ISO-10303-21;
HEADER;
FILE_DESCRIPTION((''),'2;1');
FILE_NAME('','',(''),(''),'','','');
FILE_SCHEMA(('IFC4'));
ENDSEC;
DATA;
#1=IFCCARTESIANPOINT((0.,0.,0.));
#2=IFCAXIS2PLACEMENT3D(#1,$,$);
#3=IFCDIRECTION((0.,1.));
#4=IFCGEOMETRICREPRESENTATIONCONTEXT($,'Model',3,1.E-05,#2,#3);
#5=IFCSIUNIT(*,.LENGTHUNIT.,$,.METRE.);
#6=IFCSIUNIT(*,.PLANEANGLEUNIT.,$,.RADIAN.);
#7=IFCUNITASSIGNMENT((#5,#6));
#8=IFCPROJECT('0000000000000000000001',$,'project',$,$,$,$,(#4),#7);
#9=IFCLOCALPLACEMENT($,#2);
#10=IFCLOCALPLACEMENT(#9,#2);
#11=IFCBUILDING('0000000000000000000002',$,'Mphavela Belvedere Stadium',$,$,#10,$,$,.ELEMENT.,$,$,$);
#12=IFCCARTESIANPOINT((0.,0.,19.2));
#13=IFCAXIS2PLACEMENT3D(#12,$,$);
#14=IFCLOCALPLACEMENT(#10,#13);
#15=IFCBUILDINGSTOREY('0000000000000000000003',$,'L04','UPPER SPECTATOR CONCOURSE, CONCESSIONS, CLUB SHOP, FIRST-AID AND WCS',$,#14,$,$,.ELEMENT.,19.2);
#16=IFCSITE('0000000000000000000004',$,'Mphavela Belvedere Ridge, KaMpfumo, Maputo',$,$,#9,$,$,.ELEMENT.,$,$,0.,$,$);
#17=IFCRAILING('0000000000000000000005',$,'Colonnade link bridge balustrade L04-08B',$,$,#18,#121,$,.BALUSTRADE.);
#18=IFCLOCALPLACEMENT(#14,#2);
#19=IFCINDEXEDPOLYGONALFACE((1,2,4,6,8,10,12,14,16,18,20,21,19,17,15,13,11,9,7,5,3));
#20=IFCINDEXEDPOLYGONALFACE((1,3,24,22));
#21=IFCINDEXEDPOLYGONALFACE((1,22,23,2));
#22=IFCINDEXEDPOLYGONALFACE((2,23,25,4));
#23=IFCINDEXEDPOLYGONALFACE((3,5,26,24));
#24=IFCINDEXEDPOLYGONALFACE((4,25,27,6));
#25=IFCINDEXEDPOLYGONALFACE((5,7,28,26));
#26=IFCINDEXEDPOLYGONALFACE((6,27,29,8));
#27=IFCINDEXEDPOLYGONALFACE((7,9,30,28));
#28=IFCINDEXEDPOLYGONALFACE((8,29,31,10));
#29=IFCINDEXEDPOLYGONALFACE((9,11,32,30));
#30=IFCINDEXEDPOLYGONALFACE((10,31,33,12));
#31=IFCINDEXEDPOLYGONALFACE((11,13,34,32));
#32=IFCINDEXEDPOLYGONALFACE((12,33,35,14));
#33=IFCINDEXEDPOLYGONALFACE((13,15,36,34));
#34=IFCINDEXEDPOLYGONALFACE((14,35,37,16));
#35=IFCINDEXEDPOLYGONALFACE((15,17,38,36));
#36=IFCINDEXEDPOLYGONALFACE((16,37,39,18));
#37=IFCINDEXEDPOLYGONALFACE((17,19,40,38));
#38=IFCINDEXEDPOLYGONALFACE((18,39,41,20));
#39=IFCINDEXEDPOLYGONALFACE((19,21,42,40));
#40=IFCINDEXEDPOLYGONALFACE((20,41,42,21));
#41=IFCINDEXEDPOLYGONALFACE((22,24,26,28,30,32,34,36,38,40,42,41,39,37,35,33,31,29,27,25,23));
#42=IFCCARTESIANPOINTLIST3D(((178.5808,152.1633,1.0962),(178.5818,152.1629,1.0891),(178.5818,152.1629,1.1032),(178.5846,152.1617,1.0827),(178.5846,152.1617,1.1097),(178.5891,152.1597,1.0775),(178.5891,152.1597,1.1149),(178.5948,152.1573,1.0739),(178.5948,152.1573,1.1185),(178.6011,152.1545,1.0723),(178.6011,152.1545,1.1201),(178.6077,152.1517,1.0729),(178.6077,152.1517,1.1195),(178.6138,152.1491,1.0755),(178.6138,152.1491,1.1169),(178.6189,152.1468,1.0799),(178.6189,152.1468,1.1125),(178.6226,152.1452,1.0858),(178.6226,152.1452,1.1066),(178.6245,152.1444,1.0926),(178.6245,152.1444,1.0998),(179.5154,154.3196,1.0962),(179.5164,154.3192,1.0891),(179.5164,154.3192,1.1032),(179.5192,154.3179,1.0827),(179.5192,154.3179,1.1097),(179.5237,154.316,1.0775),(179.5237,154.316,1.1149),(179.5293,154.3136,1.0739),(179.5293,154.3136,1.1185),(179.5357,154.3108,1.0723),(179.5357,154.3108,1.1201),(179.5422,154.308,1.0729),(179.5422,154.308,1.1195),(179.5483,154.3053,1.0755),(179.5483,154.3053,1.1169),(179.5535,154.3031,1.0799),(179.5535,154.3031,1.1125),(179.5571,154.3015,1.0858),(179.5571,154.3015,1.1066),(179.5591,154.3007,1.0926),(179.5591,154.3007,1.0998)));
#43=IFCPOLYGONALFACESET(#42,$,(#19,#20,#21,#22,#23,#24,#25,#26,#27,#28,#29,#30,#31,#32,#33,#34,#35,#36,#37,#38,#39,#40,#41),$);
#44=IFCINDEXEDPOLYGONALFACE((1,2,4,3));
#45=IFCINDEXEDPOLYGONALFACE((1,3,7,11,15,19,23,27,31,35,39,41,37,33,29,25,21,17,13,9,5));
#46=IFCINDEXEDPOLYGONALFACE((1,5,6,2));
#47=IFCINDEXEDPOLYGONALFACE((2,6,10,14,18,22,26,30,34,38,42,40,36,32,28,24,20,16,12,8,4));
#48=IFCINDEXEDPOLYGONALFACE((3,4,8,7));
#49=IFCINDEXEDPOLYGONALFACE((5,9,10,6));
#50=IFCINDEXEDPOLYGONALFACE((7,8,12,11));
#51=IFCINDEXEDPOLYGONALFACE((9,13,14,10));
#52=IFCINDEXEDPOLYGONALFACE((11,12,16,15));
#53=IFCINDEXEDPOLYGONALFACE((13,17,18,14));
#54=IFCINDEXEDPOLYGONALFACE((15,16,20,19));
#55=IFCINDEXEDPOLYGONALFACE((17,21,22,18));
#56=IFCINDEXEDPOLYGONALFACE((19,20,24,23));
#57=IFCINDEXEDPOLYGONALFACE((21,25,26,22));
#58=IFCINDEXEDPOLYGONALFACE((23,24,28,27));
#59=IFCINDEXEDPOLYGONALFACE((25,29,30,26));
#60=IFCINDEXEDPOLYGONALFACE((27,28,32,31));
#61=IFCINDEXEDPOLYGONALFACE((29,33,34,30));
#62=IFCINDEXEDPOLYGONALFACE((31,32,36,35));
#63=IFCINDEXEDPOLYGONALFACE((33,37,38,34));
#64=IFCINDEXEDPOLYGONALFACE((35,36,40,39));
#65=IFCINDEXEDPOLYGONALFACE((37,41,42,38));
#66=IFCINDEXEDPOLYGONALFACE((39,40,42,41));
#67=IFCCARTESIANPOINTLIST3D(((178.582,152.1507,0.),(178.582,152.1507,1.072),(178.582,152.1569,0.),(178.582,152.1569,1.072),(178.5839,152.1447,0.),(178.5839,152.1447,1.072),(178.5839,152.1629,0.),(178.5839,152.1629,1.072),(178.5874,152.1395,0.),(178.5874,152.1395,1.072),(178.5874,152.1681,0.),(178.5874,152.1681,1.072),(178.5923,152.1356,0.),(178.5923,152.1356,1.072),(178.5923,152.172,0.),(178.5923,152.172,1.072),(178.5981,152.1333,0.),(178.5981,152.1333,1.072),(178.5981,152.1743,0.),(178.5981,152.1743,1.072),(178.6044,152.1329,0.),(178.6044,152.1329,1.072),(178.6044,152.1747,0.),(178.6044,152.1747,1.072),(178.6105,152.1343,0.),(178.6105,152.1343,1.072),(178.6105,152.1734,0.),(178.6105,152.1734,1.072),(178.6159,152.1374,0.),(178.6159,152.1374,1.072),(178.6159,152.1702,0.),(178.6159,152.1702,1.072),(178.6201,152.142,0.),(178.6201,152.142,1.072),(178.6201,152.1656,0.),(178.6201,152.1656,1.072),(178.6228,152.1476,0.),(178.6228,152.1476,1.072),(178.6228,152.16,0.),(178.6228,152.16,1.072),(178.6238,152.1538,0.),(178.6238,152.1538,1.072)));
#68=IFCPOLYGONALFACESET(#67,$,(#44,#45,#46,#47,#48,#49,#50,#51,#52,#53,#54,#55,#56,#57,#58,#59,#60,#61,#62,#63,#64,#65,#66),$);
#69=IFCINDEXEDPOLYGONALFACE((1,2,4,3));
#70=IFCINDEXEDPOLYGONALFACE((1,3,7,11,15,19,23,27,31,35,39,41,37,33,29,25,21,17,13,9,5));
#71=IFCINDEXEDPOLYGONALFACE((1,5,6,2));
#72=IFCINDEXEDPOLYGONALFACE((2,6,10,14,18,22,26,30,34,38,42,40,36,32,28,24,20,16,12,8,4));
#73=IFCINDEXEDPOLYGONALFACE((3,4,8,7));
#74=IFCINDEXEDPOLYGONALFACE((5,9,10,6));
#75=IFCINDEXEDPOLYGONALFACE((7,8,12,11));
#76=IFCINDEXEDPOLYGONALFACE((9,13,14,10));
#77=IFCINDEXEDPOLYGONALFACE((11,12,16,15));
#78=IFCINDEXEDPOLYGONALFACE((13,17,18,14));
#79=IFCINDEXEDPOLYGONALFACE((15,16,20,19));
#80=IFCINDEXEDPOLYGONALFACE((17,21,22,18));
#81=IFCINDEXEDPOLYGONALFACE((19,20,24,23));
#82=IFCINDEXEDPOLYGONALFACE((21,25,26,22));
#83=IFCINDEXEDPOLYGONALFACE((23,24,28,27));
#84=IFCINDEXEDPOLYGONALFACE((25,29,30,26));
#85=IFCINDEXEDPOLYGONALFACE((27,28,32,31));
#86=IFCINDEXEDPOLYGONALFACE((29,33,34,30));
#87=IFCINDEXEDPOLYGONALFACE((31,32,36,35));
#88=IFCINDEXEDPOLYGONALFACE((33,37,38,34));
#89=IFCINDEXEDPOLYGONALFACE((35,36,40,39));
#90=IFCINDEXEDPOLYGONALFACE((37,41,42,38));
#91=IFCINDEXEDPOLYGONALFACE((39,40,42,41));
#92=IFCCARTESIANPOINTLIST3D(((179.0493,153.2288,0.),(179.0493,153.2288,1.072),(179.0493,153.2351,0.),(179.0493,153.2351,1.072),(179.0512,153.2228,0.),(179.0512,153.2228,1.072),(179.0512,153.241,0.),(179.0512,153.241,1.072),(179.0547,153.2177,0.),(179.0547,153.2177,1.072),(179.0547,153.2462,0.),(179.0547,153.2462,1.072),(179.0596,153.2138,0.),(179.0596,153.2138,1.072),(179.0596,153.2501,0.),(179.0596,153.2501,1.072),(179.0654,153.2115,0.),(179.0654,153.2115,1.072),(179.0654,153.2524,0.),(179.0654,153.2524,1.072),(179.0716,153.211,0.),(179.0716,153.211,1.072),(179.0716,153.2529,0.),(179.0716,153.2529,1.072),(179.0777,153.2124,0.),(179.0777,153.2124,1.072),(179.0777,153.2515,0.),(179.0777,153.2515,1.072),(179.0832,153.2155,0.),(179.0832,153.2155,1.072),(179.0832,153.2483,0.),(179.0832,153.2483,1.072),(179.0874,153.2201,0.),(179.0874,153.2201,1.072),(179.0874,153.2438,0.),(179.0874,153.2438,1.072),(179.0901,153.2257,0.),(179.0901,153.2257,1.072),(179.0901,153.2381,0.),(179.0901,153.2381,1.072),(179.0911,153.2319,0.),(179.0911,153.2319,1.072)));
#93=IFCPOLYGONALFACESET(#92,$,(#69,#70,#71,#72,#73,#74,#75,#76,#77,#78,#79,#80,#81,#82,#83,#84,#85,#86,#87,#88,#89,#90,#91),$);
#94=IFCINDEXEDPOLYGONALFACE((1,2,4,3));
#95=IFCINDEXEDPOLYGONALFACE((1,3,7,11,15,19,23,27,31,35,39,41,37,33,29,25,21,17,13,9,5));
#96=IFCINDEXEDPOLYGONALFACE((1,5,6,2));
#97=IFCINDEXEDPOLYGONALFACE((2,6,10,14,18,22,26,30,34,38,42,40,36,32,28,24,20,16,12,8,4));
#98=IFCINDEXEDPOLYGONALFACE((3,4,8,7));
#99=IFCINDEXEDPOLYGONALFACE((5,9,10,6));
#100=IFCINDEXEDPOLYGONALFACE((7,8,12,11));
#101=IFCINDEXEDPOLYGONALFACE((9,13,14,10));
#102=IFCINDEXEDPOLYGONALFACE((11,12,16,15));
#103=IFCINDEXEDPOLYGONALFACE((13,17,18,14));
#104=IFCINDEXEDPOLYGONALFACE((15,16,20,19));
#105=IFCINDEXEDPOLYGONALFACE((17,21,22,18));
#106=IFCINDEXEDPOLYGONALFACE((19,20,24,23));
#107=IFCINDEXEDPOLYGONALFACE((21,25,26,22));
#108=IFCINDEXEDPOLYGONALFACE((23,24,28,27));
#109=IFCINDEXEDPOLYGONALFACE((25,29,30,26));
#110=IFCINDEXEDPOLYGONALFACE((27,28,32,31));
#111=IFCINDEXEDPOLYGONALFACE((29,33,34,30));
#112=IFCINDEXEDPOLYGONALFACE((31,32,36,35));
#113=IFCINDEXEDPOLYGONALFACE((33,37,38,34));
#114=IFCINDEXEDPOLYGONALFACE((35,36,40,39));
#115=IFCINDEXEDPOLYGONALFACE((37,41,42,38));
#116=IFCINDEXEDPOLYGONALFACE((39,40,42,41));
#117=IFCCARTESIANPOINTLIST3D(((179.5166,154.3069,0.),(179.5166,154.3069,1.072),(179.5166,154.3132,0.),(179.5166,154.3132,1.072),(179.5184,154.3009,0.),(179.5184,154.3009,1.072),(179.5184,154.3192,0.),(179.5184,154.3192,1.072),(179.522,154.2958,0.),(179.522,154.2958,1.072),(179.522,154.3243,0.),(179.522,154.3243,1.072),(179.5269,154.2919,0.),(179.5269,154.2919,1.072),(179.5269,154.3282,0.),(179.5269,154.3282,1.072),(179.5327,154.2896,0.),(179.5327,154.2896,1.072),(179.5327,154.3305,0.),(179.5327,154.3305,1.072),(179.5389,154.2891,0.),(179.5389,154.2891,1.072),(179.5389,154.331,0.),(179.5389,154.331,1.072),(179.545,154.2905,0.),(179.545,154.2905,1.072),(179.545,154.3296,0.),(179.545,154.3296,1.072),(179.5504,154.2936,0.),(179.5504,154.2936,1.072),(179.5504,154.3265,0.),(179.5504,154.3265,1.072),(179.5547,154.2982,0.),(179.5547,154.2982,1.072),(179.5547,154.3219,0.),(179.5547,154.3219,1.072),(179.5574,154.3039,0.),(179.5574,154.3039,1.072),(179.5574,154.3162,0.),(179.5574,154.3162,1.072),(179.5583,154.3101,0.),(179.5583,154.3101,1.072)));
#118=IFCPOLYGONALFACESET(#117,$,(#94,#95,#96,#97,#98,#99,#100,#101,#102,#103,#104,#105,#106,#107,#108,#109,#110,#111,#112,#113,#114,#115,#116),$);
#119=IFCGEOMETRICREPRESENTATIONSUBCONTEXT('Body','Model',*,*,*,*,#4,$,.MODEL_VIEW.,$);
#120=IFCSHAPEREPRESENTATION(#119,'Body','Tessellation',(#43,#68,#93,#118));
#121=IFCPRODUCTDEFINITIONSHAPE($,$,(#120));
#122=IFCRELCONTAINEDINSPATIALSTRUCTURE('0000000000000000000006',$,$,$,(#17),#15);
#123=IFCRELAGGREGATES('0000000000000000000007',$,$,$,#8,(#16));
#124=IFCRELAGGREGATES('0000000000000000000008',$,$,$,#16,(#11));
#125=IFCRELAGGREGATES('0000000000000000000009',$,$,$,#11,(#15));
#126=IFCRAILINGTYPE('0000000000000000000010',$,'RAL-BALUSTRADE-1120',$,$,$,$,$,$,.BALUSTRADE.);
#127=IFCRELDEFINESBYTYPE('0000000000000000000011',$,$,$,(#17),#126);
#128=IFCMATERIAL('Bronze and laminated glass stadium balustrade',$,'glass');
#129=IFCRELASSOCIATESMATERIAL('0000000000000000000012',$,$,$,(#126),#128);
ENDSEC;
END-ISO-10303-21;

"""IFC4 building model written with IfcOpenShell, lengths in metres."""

from ifc_helpers import new_model, si_unit, direction, frame, origin, origin_2d, place, context, subcontext, project, spatial, circle, extrude, material, type_object, element, save


model = new_model("IFC4")

# Units and contexts
model_context = context("Model", 3, precision=1e-05, world=origin(), true_north=direction((0.0, 1.0)))
body_context = subcontext(model_context, "Body", "Model", "MODEL_VIEW")
ifc_project = project(units=[si_unit("LENGTHUNIT", "METRE"), si_unit("PLANEANGLEUNIT", "RADIAN")], contexts=[model_context])

# Site, building, storey
site_placement = place(None, origin())
site = spatial("IfcSite", under=ifc_project, at=site_placement, Name="Mphavela Belvedere Ridge, KaMpfumo, Maputo", CompositionType="ELEMENT", RefElevation=0.0)
building_placement = place(site_placement, origin())
building = spatial("IfcBuilding", under=site, at=building_placement, Name="Mphavela Belvedere Stadium", CompositionType="ELEMENT")
storey_placement = place(building_placement, frame((0.0, 0.0, 19.2)))
storey = spatial("IfcBuildingStorey", under=building, at=storey_placement, Name="L04", Description="UPPER SPECTATOR CONCOURSE, CONCESSIONS, CLUB SHOP, FIRST-AID AND WCS", CompositionType="ELEMENT", Elevation=19.2)

# Railing
ifc_material_1 = material(Name="Bronze and laminated glass stadium balustrade", Category="glass")
railing_type = type_object("IfcRailingType", Name="RAL-BALUSTRADE-1120", PredefinedType="BALUSTRADE", material=ifc_material_1)
railing_1_placement = place(storey_placement, frame((178.6028, 152.1538, 0.0)))
element("IfcRailing", 1, at=railing_1_placement, inside=storey, type_object=railing_type, Name="Colonnade link bridge balustrade L04-08B", PredefinedType="BALUSTRADE", context=body_context, shape_type="SweptSolid", body=[
    extrude(circle(Radius=0.0239, at=origin_2d()), frame((0.0, 0.0, 1.0962), z_axis=(0.397677, 0.917525, 0.0), x_axis=(-0.917525, 0.397677, 0.0)), (0.0, 0.0, 1.0), 2.3501),
    extrude(circle(Radius=0.021, at=origin_2d()), origin(), (0.0, 0.0, 1.0), 1.072),
    extrude(circle(Radius=0.021, at=origin_2d()), frame((0.4673, 1.0781, 0.0)), (0.0, 0.0, 1.0), 1.072),
    extrude(circle(Radius=0.021, at=origin_2d()), frame((0.9346, 2.1562, 0.0)), (0.0, 0.0, 1.0), 1.072),
])

save(model, "model.ifc")
